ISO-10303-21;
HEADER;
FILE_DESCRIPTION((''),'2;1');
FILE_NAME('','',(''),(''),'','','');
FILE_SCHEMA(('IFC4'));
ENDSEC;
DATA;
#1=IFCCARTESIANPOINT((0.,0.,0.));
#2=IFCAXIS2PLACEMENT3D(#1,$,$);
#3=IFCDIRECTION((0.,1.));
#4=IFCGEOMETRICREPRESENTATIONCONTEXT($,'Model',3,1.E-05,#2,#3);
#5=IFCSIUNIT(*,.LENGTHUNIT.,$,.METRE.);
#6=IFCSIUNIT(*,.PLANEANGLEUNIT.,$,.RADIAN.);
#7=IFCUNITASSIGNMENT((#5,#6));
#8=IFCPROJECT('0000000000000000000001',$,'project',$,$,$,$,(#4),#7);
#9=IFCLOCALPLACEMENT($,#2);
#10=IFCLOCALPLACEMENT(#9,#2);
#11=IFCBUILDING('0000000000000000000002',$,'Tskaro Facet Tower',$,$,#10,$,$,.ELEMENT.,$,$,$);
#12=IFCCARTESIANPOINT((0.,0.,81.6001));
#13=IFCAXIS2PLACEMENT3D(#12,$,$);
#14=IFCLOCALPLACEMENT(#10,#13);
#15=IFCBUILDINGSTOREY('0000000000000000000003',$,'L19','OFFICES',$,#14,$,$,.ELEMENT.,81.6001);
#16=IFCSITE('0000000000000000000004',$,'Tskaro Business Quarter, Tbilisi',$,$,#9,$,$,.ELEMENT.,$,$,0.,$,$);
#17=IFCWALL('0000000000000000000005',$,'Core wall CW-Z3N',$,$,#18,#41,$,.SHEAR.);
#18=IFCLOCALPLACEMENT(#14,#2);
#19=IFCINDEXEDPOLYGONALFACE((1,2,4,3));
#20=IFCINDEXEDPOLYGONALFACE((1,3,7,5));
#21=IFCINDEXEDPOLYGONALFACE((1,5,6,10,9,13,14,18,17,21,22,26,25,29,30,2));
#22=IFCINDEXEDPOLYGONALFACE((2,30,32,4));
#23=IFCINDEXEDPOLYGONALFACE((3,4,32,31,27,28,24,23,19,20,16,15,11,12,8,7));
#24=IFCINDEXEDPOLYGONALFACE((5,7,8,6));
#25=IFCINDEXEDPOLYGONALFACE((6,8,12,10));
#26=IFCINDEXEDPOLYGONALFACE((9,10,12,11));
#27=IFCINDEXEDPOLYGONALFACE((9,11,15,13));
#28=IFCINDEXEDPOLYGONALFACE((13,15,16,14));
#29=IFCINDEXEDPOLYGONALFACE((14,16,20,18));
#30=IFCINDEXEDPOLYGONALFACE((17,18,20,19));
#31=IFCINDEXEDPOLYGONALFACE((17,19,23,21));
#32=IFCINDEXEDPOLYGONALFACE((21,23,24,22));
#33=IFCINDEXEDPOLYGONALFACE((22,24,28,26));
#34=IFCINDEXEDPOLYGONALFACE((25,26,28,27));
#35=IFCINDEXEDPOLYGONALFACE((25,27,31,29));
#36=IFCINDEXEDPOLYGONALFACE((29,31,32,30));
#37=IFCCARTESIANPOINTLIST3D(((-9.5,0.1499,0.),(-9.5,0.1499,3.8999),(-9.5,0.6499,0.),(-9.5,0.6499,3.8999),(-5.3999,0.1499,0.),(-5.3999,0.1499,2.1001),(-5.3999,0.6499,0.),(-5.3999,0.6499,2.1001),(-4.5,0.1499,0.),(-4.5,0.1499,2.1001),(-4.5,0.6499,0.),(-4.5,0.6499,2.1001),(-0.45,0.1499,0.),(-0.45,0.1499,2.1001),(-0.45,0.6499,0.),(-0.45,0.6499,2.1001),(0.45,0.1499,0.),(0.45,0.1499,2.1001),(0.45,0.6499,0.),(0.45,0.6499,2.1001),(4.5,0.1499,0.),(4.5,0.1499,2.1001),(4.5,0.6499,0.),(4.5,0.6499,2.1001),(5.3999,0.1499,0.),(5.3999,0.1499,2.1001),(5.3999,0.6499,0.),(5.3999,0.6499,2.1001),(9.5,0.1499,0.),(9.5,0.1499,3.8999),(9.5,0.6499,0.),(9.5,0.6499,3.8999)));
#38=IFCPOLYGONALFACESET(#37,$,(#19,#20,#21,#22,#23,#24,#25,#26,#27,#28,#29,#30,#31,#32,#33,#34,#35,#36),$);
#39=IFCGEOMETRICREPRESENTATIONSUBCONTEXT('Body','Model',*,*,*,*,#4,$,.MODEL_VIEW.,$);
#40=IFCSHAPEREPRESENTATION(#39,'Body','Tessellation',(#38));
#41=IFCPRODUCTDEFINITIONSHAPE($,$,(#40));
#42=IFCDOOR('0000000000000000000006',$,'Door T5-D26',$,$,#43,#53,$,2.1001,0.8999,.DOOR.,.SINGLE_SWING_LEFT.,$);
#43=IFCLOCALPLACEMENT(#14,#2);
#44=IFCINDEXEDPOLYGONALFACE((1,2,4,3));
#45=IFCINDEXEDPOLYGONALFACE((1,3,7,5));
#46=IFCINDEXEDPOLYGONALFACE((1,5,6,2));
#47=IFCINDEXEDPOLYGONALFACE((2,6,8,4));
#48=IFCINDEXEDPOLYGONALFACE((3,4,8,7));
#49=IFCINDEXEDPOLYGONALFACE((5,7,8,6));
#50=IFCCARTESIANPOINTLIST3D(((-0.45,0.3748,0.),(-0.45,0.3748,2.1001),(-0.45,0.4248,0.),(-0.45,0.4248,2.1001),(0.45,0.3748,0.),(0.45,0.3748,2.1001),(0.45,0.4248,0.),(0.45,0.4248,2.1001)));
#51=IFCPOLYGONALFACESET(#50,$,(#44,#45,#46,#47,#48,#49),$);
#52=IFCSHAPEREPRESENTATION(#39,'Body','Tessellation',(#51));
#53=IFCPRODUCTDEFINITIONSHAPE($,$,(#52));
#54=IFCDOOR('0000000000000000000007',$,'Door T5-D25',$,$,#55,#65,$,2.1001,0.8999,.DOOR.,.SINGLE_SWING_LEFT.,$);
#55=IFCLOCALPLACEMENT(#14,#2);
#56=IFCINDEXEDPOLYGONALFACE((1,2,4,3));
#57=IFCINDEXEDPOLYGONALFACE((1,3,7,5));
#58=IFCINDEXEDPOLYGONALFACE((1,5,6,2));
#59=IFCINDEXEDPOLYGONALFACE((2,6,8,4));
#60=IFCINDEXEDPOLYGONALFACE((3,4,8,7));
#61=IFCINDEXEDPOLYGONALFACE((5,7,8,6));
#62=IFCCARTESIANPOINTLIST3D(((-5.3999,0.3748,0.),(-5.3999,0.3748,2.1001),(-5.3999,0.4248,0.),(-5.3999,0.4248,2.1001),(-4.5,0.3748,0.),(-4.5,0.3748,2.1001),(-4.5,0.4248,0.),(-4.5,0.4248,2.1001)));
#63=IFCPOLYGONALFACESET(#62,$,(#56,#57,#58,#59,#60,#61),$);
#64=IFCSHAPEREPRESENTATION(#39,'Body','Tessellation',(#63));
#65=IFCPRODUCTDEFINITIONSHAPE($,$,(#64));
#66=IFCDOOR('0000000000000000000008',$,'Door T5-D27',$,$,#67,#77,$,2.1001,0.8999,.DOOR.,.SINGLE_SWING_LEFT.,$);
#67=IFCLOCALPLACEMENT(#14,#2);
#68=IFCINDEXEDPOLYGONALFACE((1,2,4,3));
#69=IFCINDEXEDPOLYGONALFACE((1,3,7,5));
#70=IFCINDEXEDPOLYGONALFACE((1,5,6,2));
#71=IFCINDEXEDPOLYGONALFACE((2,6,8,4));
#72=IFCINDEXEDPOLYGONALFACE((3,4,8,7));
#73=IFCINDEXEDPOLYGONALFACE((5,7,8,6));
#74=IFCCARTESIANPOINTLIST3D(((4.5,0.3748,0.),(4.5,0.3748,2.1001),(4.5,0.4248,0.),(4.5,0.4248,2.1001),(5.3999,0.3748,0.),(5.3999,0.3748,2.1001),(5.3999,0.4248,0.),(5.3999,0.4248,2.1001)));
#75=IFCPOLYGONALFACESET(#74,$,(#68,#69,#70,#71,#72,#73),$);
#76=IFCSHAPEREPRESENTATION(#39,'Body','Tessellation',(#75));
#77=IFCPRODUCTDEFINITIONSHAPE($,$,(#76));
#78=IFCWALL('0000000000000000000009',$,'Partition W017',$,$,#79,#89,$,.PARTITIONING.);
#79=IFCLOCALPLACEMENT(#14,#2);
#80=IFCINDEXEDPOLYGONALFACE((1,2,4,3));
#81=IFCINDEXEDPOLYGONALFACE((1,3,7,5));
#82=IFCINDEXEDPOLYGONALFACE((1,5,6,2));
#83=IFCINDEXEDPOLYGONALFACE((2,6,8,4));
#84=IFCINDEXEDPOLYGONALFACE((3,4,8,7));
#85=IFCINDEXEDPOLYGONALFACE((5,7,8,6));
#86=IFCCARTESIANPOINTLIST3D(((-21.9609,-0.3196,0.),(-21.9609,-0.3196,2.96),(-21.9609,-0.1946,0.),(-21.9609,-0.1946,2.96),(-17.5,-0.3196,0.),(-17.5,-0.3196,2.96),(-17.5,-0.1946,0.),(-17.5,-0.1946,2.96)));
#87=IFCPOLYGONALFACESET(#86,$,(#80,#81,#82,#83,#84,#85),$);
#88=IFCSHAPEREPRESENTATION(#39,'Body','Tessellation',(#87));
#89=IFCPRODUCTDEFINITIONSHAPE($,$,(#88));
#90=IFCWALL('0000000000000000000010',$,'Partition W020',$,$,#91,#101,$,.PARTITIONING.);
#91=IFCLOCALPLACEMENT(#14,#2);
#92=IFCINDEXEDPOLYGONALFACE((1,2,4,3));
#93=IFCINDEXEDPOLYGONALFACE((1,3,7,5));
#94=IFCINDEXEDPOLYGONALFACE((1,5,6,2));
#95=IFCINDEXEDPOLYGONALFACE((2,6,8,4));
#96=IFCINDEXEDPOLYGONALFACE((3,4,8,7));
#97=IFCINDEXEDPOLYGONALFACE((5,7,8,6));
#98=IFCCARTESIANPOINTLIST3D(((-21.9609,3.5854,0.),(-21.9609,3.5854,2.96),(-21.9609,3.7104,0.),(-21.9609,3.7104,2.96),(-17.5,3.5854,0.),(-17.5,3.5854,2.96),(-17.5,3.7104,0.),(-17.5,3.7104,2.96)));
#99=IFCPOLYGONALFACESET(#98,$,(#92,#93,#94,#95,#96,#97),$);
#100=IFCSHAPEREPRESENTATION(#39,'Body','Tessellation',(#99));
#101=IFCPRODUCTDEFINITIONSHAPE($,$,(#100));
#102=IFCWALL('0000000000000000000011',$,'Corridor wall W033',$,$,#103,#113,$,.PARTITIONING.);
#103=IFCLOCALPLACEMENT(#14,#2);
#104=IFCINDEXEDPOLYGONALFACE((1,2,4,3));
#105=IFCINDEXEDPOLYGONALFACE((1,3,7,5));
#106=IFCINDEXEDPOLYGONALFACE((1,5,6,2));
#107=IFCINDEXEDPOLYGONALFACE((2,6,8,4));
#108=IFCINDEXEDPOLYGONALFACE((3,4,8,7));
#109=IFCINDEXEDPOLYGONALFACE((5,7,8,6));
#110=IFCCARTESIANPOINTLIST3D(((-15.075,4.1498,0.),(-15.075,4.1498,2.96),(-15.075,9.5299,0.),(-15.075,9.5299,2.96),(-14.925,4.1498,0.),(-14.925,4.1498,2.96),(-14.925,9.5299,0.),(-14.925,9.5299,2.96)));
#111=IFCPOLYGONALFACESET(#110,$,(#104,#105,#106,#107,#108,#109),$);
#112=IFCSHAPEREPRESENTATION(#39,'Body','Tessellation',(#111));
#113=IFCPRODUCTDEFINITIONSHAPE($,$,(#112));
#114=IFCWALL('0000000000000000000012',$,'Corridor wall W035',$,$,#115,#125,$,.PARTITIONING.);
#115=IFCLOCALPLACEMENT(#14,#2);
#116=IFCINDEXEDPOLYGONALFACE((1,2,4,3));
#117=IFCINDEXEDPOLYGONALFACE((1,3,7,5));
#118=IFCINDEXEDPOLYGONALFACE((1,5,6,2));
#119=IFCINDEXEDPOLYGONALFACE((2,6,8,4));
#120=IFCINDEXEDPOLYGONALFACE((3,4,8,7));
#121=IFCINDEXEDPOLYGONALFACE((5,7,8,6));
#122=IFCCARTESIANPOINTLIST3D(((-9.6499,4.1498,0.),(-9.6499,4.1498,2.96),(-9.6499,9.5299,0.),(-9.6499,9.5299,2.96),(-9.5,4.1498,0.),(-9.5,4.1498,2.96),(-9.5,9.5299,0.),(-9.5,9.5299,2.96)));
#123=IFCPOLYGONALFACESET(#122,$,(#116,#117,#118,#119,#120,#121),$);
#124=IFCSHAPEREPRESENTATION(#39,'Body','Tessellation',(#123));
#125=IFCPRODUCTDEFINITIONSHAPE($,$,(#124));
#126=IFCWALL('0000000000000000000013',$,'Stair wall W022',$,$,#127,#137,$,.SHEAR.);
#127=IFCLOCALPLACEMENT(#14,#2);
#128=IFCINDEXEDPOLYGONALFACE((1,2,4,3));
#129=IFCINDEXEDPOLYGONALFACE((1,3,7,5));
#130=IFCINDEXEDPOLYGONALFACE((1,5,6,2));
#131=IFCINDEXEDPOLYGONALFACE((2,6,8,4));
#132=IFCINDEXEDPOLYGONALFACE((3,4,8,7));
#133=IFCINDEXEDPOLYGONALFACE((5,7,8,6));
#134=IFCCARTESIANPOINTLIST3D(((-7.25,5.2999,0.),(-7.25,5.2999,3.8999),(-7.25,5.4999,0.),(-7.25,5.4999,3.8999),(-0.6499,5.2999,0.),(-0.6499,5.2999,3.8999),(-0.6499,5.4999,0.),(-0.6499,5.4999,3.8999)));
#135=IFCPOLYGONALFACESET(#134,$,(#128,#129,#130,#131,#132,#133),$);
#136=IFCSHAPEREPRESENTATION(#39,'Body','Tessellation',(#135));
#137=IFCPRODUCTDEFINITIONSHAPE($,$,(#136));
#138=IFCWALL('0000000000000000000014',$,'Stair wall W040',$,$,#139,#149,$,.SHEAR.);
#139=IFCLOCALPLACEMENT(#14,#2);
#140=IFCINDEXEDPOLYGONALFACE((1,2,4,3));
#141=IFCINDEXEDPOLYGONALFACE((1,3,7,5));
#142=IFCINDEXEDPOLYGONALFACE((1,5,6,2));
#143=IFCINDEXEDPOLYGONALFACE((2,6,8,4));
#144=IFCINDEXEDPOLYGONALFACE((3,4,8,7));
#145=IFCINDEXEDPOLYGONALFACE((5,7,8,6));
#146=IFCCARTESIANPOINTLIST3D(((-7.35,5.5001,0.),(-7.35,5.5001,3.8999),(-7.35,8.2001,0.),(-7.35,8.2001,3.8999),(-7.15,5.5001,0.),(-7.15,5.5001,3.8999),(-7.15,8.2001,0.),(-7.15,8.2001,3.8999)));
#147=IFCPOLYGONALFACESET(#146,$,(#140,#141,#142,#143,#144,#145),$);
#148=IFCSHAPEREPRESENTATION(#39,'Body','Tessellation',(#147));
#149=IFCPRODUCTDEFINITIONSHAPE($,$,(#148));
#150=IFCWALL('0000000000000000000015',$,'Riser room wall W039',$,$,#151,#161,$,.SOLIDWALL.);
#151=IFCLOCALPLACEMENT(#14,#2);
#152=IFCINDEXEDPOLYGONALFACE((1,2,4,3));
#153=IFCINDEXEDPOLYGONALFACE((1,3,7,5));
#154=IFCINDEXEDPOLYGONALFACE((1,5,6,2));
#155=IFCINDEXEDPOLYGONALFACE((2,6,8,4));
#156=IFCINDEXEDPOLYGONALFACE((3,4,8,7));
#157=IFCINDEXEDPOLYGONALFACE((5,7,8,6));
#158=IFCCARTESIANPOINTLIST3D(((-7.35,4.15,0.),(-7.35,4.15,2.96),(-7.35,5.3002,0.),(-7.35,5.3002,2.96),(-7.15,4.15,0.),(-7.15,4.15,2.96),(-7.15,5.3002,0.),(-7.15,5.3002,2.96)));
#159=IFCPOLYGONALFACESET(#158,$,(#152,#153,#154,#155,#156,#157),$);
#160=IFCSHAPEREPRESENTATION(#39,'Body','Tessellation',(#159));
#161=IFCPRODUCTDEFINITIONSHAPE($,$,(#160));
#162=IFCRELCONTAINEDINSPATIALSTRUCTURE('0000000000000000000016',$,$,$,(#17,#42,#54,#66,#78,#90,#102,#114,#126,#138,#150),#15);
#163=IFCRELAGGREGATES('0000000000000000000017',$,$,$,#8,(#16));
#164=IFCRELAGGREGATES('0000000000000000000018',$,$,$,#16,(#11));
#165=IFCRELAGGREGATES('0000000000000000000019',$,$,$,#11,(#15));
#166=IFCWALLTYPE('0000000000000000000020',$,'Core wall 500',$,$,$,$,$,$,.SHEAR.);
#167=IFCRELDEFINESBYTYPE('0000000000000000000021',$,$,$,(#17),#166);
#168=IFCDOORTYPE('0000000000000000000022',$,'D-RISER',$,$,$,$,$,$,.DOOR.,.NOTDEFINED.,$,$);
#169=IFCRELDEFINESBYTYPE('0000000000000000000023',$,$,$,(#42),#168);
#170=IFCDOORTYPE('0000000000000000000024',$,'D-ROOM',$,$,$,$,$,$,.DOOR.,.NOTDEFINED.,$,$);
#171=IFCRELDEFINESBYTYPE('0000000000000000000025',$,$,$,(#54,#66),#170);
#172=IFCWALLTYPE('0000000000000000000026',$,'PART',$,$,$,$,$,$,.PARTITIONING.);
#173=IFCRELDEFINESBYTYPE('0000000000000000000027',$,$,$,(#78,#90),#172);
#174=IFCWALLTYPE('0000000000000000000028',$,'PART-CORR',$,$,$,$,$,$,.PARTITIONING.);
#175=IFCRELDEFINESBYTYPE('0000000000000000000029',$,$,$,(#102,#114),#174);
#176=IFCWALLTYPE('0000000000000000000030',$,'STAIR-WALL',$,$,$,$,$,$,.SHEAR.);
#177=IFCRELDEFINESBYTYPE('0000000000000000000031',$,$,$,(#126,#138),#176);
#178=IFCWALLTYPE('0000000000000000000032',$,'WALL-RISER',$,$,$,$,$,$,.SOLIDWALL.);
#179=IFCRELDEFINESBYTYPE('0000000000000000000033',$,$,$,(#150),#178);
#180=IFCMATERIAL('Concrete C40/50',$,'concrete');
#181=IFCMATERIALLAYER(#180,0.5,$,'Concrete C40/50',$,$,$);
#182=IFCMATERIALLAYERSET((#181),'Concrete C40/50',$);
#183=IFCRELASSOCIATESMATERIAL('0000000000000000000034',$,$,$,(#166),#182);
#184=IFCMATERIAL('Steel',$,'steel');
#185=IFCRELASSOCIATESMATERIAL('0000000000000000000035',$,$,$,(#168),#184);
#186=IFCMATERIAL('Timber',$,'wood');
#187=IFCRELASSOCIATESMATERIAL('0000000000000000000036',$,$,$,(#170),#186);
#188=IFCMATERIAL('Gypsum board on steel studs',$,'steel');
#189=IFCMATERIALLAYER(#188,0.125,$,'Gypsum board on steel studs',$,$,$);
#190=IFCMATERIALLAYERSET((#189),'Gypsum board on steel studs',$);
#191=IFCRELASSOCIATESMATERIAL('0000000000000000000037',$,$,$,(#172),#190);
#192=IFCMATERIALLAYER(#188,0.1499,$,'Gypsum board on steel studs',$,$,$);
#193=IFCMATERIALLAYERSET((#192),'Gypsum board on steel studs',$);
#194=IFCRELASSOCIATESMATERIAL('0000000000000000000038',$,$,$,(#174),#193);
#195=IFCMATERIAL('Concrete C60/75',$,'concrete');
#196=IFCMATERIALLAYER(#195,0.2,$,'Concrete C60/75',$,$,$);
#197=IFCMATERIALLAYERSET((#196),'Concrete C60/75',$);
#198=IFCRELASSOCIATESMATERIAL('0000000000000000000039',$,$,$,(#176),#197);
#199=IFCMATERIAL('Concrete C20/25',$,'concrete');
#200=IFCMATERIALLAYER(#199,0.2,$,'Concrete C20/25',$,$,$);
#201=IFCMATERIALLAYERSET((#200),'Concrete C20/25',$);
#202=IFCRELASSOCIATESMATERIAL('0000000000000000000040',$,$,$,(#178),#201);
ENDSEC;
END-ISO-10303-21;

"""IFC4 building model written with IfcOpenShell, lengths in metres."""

from ifc_helpers import new_model, si_unit, direction, frame, frame_2d, origin, place, context, subcontext, project, spatial, rectangle, extrude, material, layer, layer_set, type_object, element, fill, save


model = new_model("IFC4")

# Units and contexts
model_context = context("Model", 3, precision=1e-05, world=origin(), true_north=direction((0.0, 1.0)))
body_context = subcontext(model_context, "Body", "Model", "MODEL_VIEW")
ifc_project = project(units=[si_unit("LENGTHUNIT", "METRE"), si_unit("PLANEANGLEUNIT", "RADIAN")], contexts=[model_context])

# Site, building, storey
site_placement = place(None, origin())
site = spatial("IfcSite", under=ifc_project, at=site_placement, Name="Tskaro Business Quarter, Tbilisi", CompositionType="ELEMENT", RefElevation=0.0)
building_placement = place(site_placement, origin())
building = spatial("IfcBuilding", under=site, at=building_placement, Name="Tskaro Facet Tower", CompositionType="ELEMENT")
storey_placement = place(building_placement, frame((0.0, 0.0, 81.6001)))
storey = spatial("IfcBuildingStorey", under=building, at=storey_placement, Name="L19", Description="OFFICES", CompositionType="ELEMENT", Elevation=81.6001)

# Shared definitions
ifc_material_1 = material(Name="Concrete C60/75", Category="concrete")

# Wall, openings, doors
ifc_material_2 = material(Name="Concrete C40/50", Category="concrete")
ifc_layer_1 = layer(ifc_material_2, 0.5, Name="Concrete C40/50")
ifc_layer_set_1 = layer_set([ifc_layer_1], Name="Concrete C40/50")
wall_type_1 = type_object("IfcWallType", Name="Core wall 500", PredefinedType="SHEAR", material=ifc_layer_set_1)
wall_1_placement = place(storey_placement, frame((-9.5, 0.3999, 0.0), z_axis=(0.0, 0.0, 1.0), x_axis=(1.0, 0.0, 0.0)))
wall_1 = element("IfcWall", 1, at=wall_1_placement, inside=storey, type_object=wall_type_1, Name="Core wall CW-Z3N", PredefinedType="SHEAR", context=body_context, shape_type="SweptSolid", body=[
    extrude(rectangle(XDim=19.0, YDim=0.5, at=frame_2d((9.5, 0.0))), origin(), (0.0, 0.0, 1.0), 3.8999),
])
opening_1_placement = place(wall_1_placement, frame((4.1001, 0.0, 0.0)))
opening_1 = element("IfcOpeningElement", 2, at=opening_1_placement, cuts=wall_1, PredefinedType="OPENING", context=body_context, shape_type="SweptSolid", body=[
    extrude(rectangle(XDim=0.8999, YDim=2.1001, at=frame_2d((0.45, 1.05))), frame((0.0, 0.26, 0.0), z_axis=(0.0, -1.0, 0.0), x_axis=(1.0, 0.0, 0.0)), (0.0, 0.0, 1.0), 0.52),
])
opening_2_placement = place(wall_1_placement, frame((14.0, 0.0, 0.0)))
opening_2 = element("IfcOpeningElement", 3, at=opening_2_placement, cuts=wall_1, PredefinedType="OPENING", context=body_context, shape_type="SweptSolid", body=[
    extrude(rectangle(XDim=0.8999, YDim=2.1001, at=frame_2d((0.45, 1.05))), frame((0.0, 0.26, 0.0), z_axis=(0.0, -1.0, 0.0), x_axis=(1.0, 0.0, 0.0)), (0.0, 0.0, 1.0), 0.52),
])
opening_3_placement = place(wall_1_placement, frame((9.05, 0.0, 0.0)))
opening_3 = element("IfcOpeningElement", 4, at=opening_3_placement, cuts=wall_1, PredefinedType="OPENING", context=body_context, shape_type="SweptSolid", body=[
    extrude(rectangle(XDim=0.8999, YDim=2.1001, at=frame_2d((0.45, 1.05))), frame((0.0, 0.26, 0.0), z_axis=(0.0, -1.0, 0.0), x_axis=(1.0, 0.0, 0.0)), (0.0, 0.0, 1.0), 0.52),
])
ifc_material_3 = material(Name="Steel", Category="steel")
door_type_1 = type_object("IfcDoorType", Name="D-RISER", OperationType="NOTDEFINED", PredefinedType="DOOR", material=ifc_material_3)
door_1_placement = place(opening_3_placement, origin())
door_1 = element("IfcDoor", 5, at=door_1_placement, inside=storey, type_object=door_type_1, Name="Door T5-D26", OperationType="SINGLE_SWING_LEFT", OverallHeight=2.1001, OverallWidth=0.8999, PredefinedType="DOOR", context=body_context, shape_type="SweptSolid", body=[
    extrude(rectangle(XDim=0.8999, YDim=2.1001, at=frame_2d((0.45, 1.05))), frame((0.0, 0.0249, 0.0), z_axis=(0.0, -1.0, 0.0), x_axis=(1.0, 0.0, 0.0)), (0.0, 0.0, 1.0), 0.05),
])
fill(opening_3, door_1)
ifc_material_4 = material(Name="Timber", Category="wood")
door_type_2 = type_object("IfcDoorType", Name="D-ROOM", OperationType="NOTDEFINED", PredefinedType="DOOR", material=ifc_material_4)
door_2_placement = place(opening_1_placement, origin())
door_2 = element("IfcDoor", 6, at=door_2_placement, inside=storey, type_object=door_type_2, Name="Door T5-D25", OperationType="SINGLE_SWING_LEFT", OverallHeight=2.1001, OverallWidth=0.8999, PredefinedType="DOOR", context=body_context, shape_type="SweptSolid", body=[
    extrude(rectangle(XDim=0.8999, YDim=2.1001, at=frame_2d((0.45, 1.05))), frame((0.0, 0.0249, 0.0), z_axis=(0.0, -1.0, 0.0), x_axis=(1.0, 0.0, 0.0)), (0.0, 0.0, 1.0), 0.05),
])
fill(opening_1, door_2)
door_3_placement = place(opening_2_placement, origin())
door_3 = element("IfcDoor", 7, at=door_3_placement, inside=storey, type_object=door_type_2, Name="Door T5-D27", OperationType="SINGLE_SWING_LEFT", OverallHeight=2.1001, OverallWidth=0.8999, PredefinedType="DOOR", context=body_context, shape_type="SweptSolid", body=[
    extrude(rectangle(XDim=0.8999, YDim=2.1001, at=frame_2d((0.45, 1.05))), frame((0.0, 0.0249, 0.0), z_axis=(0.0, -1.0, 0.0), x_axis=(1.0, 0.0, 0.0)), (0.0, 0.0, 1.0), 0.05),
])
fill(opening_2, door_3)

# Walls
ifc_material_5 = material(Name="Gypsum board on steel studs", Category="steel")
ifc_layer_2 = layer(ifc_material_5, 0.125, Name="Gypsum board on steel studs")
ifc_layer_set_2 = layer_set([ifc_layer_2], Name="Gypsum board on steel studs")
wall_type_2 = type_object("IfcWallType", Name="PART", PredefinedType="PARTITIONING", material=ifc_layer_set_2)
for number, where, z_axis, x_axis, name in (
    (8, (-21.9609, -0.2571, 0.0), (0.0, 0.0, 1.0), (1.0, 0.0, 0.0), "Partition W017"),
    (9, (-21.9609, 3.6479, 0.0), (0.0, 0.0, 1.0), (1.0, 0.0, 0.0), "Partition W020"),
):
    element("IfcWall", number, at=place(storey_placement, frame(where, z_axis=z_axis, x_axis=x_axis)), inside=storey, type_object=wall_type_2, Name=name, PredefinedType="PARTITIONING", context=body_context, shape_type="SweptSolid", body=[
        extrude(rectangle(XDim=4.4609, YDim=0.125, at=frame_2d((2.2305, 0.0))), origin(), (0.0, 0.0, 1.0), 2.96),
    ])
ifc_layer_3 = layer(ifc_material_5, 0.1499, Name="Gypsum board on steel studs")
ifc_layer_set_3 = layer_set([ifc_layer_3], Name="Gypsum board on steel studs")
wall_type_3 = type_object("IfcWallType", Name="PART-CORR", PredefinedType="PARTITIONING", material=ifc_layer_set_3)
for number, where, z_axis, x_axis, name in (
    (10, (-15.0, 4.1499, 0.0), (0.0, 0.0, 1.0), (0.0, 1.0, 0.0), "Corridor wall W033"),
    (11, (-9.575, 4.1499, 0.0), (0.0, 0.0, 1.0), (0.0, 1.0, 0.0), "Corridor wall W035"),
):
    element("IfcWall", number, at=place(storey_placement, frame(where, z_axis=z_axis, x_axis=x_axis)), inside=storey, type_object=wall_type_3, Name=name, PredefinedType="PARTITIONING", context=body_context, shape_type="SweptSolid", body=[
        extrude(rectangle(XDim=5.3801, YDim=0.1499, at=frame_2d((2.6899, 0.0))), origin(), (0.0, 0.0, 1.0), 2.96),
    ])
ifc_layer_4 = layer(ifc_material_1, 0.2, Name="Concrete C60/75")
ifc_layer_set_4 = layer_set([ifc_layer_4], Name="Concrete C60/75")
wall_type_4 = type_object("IfcWallType", Name="STAIR-WALL", PredefinedType="SHEAR", material=ifc_layer_set_4)
wall_2_placement = place(storey_placement, frame((-7.25, 5.3999, 0.0), z_axis=(0.0, 0.0, 1.0), x_axis=(1.0, 0.0, 0.0)))
element("IfcWall", 12, at=wall_2_placement, inside=storey, type_object=wall_type_4, Name="Stair wall W022", PredefinedType="SHEAR", context=body_context, shape_type="SweptSolid", body=[
    extrude(rectangle(XDim=6.6001, YDim=0.2, at=frame_2d((3.3, 0.0))), origin(), (0.0, 0.0, 1.0), 3.8999),
])
wall_3_placement = place(storey_placement, frame((-7.25, 5.5, 0.0), z_axis=(0.0, 0.0, 1.0), x_axis=(0.0, 1.0, 0.0)))
element("IfcWall", 13, at=wall_3_placement, inside=storey, type_object=wall_type_4, Name="Stair wall W040", PredefinedType="SHEAR", context=body_context, shape_type="SweptSolid", body=[
    extrude(rectangle(XDim=2.7, YDim=0.2, at=frame_2d((1.3501, 0.0))), origin(), (0.0, 0.0, 1.0), 3.8999),
])
ifc_material_6 = material(Name="Concrete C20/25", Category="concrete")
ifc_layer_5 = layer(ifc_material_6, 0.2, Name="Concrete C20/25")
ifc_layer_set_5 = layer_set([ifc_layer_5], Name="Concrete C20/25")
wall_type_5 = type_object("IfcWallType", Name="WALL-RISER", PredefinedType="SOLIDWALL", material=ifc_layer_set_5)
wall_4_placement = place(storey_placement, frame((-7.25, 4.1499, 0.0), z_axis=(0.0, 0.0, 1.0), x_axis=(0.0, 1.0, 0.0)))
element("IfcWall", 14, at=wall_4_placement, inside=storey, type_object=wall_type_5, Name="Riser room wall W039", PredefinedType="SOLIDWALL", context=body_context, shape_type="SweptSolid", body=[
    extrude(rectangle(XDim=1.1501, YDim=0.2, at=frame_2d((0.5752, 0.0))), origin(), (0.0, 0.0, 1.0), 2.96),
])

save(model, "model.ifc")
